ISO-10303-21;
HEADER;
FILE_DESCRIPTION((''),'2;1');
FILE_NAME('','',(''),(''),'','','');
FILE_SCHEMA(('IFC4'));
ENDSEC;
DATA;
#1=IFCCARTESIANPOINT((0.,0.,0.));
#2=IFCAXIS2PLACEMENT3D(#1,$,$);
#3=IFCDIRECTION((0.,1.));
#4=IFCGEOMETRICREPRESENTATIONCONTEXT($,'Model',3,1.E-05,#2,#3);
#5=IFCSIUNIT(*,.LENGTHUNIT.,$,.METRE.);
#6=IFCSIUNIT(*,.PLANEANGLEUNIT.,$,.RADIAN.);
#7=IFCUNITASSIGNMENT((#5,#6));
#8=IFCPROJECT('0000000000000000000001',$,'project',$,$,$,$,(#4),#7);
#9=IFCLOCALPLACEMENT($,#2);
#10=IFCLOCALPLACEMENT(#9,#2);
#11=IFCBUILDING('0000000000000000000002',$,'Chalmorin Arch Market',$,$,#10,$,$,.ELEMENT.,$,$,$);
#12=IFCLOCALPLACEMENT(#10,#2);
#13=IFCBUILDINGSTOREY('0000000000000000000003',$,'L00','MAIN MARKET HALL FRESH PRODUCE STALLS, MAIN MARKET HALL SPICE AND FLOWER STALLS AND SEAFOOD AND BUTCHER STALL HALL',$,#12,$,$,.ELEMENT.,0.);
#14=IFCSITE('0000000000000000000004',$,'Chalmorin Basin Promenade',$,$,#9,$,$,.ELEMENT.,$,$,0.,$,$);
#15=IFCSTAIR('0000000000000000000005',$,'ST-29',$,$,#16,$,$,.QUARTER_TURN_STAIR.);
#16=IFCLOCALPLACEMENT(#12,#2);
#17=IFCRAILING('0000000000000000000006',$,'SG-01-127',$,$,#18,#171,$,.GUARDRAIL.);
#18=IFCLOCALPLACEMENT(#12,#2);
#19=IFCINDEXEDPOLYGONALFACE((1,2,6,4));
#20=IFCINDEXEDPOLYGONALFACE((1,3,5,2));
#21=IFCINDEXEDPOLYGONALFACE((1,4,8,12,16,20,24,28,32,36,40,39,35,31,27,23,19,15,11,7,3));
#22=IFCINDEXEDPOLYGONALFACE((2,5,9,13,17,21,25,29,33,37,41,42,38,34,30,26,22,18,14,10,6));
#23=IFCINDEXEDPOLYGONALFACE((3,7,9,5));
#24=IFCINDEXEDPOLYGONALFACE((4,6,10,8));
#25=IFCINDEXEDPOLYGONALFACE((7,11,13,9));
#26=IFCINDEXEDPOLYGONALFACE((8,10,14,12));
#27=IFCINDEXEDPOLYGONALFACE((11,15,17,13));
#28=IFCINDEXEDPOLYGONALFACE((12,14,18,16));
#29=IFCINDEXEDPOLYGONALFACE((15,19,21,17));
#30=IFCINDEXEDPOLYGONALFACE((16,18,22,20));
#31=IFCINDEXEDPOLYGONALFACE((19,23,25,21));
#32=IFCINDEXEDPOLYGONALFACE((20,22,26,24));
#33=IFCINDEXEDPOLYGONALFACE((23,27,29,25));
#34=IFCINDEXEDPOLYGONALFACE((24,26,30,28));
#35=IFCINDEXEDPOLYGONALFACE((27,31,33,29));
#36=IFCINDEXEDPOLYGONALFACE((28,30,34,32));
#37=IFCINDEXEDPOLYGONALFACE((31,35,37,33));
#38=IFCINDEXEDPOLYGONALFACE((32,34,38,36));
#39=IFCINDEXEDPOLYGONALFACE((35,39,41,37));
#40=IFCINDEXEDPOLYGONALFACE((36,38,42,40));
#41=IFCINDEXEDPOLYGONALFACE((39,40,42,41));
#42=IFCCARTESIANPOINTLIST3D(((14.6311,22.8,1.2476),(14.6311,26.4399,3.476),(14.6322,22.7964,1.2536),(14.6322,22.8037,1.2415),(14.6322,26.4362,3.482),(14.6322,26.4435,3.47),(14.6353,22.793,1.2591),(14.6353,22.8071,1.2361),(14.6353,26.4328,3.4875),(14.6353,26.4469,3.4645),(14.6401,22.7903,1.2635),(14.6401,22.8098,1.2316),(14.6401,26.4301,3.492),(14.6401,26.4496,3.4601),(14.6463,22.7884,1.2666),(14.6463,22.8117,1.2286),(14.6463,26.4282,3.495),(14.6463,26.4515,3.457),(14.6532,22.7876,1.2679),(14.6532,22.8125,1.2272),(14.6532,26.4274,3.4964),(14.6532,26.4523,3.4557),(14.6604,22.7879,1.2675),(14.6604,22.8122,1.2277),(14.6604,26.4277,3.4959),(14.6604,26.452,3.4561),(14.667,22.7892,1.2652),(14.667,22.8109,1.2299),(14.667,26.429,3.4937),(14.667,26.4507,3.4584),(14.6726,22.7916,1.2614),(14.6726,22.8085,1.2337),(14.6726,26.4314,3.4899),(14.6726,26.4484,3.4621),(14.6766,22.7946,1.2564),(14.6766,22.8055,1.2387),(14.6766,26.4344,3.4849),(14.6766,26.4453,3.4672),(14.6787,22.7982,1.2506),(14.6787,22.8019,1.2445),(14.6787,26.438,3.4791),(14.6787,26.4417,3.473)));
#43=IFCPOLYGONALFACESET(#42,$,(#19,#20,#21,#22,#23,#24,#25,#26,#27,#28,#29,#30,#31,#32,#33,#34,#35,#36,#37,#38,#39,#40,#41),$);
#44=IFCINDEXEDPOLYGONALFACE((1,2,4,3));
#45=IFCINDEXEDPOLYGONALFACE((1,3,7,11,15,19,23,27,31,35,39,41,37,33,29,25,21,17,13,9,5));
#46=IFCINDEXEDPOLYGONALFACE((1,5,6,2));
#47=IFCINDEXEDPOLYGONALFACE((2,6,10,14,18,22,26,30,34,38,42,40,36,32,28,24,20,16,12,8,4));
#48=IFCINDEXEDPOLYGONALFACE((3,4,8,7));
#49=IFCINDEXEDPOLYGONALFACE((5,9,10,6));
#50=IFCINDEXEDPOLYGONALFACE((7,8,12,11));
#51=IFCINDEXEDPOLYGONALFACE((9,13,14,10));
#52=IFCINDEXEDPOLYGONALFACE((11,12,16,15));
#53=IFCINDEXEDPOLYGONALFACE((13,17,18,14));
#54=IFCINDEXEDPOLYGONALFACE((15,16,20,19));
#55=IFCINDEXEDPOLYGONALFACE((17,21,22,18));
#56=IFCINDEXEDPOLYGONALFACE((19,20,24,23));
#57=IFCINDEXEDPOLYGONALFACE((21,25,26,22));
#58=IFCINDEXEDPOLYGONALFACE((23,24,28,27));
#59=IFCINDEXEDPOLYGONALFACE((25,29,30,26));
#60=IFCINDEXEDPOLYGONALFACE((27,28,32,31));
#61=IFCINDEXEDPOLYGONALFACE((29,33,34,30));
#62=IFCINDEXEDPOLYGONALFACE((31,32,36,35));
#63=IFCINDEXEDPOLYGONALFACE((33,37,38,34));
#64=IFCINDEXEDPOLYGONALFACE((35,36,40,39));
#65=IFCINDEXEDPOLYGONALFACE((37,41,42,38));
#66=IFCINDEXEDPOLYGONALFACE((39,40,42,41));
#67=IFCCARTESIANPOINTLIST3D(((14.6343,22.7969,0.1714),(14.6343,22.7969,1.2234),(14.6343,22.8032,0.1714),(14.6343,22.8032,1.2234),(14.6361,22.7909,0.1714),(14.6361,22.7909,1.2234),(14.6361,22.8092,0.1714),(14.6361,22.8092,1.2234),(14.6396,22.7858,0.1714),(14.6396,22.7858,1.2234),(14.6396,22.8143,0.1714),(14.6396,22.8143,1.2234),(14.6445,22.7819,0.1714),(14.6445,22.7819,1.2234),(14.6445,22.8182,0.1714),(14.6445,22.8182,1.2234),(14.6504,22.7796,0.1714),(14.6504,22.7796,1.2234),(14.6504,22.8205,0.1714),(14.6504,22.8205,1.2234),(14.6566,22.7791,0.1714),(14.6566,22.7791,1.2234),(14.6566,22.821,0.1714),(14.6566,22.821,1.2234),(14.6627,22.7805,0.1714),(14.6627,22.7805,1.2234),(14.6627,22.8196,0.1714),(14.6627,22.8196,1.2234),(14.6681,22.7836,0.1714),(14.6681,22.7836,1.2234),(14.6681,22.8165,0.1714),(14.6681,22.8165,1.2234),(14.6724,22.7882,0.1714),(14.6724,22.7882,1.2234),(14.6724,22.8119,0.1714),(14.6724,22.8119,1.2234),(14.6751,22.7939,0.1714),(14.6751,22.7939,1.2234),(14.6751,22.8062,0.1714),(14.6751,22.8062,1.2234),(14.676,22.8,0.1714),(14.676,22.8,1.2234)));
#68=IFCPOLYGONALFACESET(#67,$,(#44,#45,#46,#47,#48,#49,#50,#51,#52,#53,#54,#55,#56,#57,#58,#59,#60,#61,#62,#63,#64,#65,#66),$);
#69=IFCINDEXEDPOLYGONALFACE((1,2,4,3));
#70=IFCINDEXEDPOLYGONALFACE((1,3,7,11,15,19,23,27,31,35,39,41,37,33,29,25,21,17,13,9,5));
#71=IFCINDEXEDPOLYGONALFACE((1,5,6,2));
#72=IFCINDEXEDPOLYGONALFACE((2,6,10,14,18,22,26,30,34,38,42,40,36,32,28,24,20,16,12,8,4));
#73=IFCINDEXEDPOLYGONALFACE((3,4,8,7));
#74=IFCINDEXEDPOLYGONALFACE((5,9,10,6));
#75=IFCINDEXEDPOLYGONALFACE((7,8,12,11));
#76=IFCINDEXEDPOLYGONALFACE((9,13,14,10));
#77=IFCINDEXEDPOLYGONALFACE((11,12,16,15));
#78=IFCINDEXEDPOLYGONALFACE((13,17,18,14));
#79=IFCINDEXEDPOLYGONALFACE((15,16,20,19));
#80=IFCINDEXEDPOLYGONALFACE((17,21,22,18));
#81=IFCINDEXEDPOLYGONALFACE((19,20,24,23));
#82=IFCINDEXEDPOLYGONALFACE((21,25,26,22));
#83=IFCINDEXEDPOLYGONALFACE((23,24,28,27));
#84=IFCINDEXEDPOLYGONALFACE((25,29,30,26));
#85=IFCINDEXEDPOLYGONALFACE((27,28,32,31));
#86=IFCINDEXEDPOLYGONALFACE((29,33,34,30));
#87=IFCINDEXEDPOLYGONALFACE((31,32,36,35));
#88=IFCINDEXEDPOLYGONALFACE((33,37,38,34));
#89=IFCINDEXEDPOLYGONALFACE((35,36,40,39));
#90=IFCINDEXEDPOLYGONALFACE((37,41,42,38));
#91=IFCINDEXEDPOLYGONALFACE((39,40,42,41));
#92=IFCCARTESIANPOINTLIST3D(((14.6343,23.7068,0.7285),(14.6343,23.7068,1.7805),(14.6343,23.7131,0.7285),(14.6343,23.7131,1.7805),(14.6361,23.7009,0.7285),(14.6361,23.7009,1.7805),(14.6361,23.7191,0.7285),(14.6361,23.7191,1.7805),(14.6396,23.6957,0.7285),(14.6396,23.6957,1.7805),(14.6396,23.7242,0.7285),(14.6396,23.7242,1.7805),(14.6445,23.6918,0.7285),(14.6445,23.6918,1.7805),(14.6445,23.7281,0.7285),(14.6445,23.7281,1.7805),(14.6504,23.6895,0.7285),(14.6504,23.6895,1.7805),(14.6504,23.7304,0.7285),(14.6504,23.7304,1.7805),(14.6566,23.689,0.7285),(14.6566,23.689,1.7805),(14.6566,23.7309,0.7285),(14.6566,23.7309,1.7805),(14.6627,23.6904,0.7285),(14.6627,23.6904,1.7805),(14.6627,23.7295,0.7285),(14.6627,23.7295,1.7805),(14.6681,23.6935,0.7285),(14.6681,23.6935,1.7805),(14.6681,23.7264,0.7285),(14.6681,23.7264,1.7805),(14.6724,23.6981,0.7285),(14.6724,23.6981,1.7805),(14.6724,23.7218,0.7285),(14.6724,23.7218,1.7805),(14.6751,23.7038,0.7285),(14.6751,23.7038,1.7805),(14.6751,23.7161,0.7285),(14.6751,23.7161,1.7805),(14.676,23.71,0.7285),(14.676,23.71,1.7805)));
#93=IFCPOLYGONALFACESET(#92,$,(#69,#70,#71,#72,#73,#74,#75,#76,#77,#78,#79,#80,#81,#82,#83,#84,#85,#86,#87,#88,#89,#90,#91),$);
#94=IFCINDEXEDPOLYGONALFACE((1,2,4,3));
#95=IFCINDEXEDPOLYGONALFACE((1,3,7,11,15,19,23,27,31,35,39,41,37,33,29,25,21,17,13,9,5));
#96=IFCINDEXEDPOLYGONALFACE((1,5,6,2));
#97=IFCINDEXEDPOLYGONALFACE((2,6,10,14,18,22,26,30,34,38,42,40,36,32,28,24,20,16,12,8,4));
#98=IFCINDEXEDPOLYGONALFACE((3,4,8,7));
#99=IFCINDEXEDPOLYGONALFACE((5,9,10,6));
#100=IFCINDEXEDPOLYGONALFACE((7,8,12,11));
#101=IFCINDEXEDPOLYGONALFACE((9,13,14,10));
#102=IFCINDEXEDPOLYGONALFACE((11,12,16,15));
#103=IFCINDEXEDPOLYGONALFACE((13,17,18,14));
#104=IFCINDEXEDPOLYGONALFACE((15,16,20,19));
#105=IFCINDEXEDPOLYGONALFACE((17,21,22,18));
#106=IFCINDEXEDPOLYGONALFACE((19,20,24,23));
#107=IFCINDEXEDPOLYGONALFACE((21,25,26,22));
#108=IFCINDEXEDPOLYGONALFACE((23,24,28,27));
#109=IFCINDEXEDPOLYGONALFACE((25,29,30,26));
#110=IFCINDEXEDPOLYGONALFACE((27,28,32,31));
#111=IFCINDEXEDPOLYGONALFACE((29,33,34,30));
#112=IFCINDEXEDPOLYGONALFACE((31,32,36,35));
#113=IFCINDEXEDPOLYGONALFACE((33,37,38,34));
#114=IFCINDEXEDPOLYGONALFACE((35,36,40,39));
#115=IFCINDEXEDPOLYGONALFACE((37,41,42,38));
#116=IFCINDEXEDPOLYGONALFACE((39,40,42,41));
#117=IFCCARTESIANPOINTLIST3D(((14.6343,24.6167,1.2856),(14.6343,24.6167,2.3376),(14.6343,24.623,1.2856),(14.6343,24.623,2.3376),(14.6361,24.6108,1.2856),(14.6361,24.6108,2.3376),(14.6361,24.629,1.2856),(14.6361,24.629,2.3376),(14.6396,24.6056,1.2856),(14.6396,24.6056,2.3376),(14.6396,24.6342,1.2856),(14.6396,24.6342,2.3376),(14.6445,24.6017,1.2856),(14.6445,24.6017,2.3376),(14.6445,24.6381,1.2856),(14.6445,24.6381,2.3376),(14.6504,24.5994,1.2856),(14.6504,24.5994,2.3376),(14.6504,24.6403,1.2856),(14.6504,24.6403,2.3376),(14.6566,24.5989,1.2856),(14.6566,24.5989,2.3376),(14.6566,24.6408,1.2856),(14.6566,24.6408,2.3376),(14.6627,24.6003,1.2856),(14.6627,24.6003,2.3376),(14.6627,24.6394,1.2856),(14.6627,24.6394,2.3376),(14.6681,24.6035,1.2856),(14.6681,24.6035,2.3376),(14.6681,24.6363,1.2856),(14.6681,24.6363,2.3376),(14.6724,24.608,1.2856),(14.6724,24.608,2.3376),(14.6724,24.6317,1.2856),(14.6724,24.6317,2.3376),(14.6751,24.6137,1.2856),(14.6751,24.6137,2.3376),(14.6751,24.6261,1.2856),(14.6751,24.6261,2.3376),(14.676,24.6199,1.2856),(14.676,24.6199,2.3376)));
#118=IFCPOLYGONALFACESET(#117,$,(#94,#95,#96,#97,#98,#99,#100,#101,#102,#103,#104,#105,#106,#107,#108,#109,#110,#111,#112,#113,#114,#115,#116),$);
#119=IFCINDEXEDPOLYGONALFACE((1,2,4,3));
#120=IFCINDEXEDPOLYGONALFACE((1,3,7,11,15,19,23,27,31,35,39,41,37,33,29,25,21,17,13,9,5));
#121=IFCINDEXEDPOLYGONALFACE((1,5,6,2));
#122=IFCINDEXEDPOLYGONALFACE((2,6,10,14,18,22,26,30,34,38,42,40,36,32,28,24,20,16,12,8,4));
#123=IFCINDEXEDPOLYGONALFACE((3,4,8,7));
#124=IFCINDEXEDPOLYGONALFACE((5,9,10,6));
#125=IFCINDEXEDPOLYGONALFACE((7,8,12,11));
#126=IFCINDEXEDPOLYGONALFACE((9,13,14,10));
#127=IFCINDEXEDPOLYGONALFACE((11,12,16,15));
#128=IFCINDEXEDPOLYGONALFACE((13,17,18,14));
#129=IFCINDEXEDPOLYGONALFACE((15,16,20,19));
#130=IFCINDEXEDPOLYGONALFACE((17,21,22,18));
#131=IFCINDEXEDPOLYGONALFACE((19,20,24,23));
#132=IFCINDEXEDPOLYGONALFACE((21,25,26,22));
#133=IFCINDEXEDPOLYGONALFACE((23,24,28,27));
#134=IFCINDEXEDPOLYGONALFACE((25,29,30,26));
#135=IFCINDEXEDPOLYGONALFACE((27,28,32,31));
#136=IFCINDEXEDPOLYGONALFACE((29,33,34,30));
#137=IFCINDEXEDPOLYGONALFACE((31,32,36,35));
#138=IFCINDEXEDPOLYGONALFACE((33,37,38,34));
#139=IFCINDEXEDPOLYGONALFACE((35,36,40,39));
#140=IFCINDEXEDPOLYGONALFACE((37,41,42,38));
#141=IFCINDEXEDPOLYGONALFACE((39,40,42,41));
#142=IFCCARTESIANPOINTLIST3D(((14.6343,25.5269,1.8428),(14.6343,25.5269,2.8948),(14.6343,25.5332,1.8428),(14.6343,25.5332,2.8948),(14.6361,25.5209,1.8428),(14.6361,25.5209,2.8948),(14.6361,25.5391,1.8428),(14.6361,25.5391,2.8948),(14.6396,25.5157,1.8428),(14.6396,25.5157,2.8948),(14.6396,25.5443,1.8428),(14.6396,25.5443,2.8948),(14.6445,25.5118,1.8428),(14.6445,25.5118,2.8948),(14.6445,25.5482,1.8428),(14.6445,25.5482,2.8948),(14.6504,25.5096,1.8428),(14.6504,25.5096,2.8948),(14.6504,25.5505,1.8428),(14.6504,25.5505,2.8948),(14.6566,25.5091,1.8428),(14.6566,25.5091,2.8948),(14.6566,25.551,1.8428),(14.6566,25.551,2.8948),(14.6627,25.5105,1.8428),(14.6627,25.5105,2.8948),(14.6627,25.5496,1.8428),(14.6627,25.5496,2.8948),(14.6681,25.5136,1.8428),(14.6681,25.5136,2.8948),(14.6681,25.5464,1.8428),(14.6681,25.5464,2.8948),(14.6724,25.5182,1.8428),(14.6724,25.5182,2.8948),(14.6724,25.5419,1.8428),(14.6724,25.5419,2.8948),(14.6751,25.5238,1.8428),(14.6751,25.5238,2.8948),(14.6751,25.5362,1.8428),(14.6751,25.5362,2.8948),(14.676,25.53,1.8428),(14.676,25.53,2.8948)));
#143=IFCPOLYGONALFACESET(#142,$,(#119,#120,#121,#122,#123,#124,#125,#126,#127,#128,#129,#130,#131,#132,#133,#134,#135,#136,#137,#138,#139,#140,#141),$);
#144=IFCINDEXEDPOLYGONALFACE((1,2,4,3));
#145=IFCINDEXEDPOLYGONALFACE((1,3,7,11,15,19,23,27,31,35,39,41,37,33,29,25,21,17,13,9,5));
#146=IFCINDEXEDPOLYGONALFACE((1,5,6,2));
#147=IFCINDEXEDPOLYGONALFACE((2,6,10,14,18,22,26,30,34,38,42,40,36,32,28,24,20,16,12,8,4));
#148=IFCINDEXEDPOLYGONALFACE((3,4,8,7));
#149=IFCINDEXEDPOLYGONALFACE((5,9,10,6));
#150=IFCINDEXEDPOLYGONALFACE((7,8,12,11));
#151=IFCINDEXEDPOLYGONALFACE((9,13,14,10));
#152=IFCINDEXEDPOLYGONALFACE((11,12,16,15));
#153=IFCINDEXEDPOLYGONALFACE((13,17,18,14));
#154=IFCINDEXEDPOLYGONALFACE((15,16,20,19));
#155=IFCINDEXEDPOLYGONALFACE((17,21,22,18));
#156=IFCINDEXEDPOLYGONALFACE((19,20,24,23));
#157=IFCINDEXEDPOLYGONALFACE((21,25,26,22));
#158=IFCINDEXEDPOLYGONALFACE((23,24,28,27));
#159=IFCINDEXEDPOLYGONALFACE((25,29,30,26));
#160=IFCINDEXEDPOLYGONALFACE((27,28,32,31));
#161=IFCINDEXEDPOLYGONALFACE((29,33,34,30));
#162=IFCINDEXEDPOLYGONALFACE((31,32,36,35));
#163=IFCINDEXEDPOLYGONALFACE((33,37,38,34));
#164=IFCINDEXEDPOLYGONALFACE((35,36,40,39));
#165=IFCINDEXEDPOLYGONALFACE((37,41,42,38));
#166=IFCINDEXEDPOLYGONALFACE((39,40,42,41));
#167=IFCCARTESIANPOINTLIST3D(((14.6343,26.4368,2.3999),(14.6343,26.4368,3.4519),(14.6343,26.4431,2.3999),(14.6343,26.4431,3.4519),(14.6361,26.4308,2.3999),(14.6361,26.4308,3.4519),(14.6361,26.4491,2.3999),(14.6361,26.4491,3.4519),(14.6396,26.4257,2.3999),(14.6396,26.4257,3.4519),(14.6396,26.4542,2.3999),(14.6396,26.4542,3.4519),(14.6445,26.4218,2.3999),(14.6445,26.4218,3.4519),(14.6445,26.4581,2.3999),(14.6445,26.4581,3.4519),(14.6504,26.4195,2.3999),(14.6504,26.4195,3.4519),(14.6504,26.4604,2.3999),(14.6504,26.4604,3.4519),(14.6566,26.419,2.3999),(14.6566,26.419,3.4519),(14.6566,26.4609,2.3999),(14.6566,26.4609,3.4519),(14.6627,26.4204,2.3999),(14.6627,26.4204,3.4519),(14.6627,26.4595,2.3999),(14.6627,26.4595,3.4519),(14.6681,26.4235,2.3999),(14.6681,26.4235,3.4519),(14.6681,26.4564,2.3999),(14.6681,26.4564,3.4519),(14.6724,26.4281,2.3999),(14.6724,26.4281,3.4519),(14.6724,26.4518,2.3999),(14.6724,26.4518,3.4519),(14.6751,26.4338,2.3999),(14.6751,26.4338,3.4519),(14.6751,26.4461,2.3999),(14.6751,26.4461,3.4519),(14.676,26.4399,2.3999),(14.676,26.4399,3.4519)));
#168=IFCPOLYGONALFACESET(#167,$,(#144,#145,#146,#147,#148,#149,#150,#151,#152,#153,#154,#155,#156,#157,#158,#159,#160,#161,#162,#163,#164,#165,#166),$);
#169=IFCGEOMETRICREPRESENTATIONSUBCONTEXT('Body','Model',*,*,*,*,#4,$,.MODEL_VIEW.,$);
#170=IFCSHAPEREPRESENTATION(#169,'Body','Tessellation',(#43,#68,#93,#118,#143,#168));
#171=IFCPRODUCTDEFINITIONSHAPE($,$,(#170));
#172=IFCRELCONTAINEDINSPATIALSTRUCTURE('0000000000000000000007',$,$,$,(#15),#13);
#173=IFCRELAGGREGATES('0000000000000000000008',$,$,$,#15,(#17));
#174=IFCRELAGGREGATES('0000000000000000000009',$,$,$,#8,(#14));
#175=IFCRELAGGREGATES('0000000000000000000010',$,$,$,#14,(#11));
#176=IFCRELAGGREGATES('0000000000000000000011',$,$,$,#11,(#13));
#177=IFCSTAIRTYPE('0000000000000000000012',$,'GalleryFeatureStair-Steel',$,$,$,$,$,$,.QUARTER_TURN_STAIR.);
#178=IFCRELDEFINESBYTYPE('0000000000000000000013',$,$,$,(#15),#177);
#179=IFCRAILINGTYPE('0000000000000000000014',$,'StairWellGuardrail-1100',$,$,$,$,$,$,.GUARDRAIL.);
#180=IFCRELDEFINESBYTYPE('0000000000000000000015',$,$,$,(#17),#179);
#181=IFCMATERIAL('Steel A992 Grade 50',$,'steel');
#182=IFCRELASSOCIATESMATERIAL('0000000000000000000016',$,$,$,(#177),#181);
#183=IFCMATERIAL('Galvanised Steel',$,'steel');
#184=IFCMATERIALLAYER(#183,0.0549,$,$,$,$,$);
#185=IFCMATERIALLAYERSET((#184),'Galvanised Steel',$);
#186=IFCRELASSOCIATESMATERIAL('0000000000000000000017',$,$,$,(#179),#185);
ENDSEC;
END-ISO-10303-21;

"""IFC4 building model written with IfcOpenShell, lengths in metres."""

from ifc_helpers import new_model, si_unit, direction, frame, origin, origin_2d, place, context, subcontext, project, spatial, circle, extrude, material, layer, layer_set, type_object, element, aggregate, save


model = new_model("IFC4")

# Units and contexts
model_context = context("Model", 3, precision=1e-05, world=origin(), true_north=direction((0.0, 1.0)))
body_context = subcontext(model_context, "Body", "Model", "MODEL_VIEW")
ifc_project = project(units=[si_unit("LENGTHUNIT", "METRE"), si_unit("PLANEANGLEUNIT", "RADIAN")], contexts=[model_context])

# Site, building, storey
site_placement = place(None, origin())
site = spatial("IfcSite", under=ifc_project, at=site_placement, Name="Chalmorin Basin Promenade", CompositionType="ELEMENT", RefElevation=0.0)
building_placement = place(site_placement, origin())
building = spatial("IfcBuilding", under=site, at=building_placement, Name="Chalmorin Arch Market", CompositionType="ELEMENT")
storey_placement = place(building_placement, origin())
storey = spatial("IfcBuildingStorey", under=building, at=storey_placement, Name="L00", Description="MAIN MARKET HALL FRESH PRODUCE STALLS, MAIN MARKET HALL SPICE AND FLOWER STALLS AND SEAFOOD AND BUTCHER STALL HALL", CompositionType="ELEMENT", Elevation=0.0)

# Shared definitions
ifc_material_1 = material(Name="Steel A992 Grade 50", Category="steel")

# Shared definitions
ifc_material_2 = material(Name="Galvanised Steel", Category="steel")

# Stair, railing
stair_type = type_object("IfcStairType", Name="GalleryFeatureStair-Steel", PredefinedType="QUARTER_TURN_STAIR", material=ifc_material_1)
stair_placement = place(storey_placement, origin())
stair = element("IfcStair", 1, at=stair_placement, inside=storey, type_object=stair_type, Name="ST-29", PredefinedType="QUARTER_TURN_STAIR")
ifc_layer_1 = layer(ifc_material_2, 0.0549)
ifc_layer_set_1 = layer_set([ifc_layer_1], Name="Galvanised Steel")
railing_type = type_object("IfcRailingType", Name="StairWellGuardrail-1100", PredefinedType="GUARDRAIL", material=ifc_layer_set_1)
railing_1_placement = place(storey_placement, frame((14.655, 22.8, 0.1714)))
railing_1 = element("IfcRailing", 2, at=railing_1_placement, type_object=railing_type, Name="SG-01-127", PredefinedType="GUARDRAIL", context=body_context, shape_type="SweptSolid", body=[
    extrude(circle(Radius=0.0239, at=origin_2d()), frame((0.0, 0.0, 1.0762), z_axis=(0.0, 0.85285, 0.522156), x_axis=(-1.0, 0.0, 0.0)), (0.0, 0.0, 1.0), 4.2678),
    extrude(circle(Radius=0.021, at=origin_2d()), origin(), (0.0, 0.0, 1.0), 1.052),
    extrude(circle(Radius=0.021, at=origin_2d()), frame((0.0, 0.9099, 0.5571)), (0.0, 0.0, 1.0), 1.052),
    extrude(circle(Radius=0.021, at=origin_2d()), frame((0.0, 1.8198, 1.1143)), (0.0, 0.0, 1.0), 1.052),
    extrude(circle(Radius=0.021, at=origin_2d()), frame((0.0, 2.73, 1.6714)), (0.0, 0.0, 1.0), 1.052),
    extrude(circle(Radius=0.021, at=origin_2d()), frame((0.0, 3.6399, 2.2285)), (0.0, 0.0, 1.0), 1.052),
])
aggregate(stair, [railing_1])

save(model, "model.ifc")
